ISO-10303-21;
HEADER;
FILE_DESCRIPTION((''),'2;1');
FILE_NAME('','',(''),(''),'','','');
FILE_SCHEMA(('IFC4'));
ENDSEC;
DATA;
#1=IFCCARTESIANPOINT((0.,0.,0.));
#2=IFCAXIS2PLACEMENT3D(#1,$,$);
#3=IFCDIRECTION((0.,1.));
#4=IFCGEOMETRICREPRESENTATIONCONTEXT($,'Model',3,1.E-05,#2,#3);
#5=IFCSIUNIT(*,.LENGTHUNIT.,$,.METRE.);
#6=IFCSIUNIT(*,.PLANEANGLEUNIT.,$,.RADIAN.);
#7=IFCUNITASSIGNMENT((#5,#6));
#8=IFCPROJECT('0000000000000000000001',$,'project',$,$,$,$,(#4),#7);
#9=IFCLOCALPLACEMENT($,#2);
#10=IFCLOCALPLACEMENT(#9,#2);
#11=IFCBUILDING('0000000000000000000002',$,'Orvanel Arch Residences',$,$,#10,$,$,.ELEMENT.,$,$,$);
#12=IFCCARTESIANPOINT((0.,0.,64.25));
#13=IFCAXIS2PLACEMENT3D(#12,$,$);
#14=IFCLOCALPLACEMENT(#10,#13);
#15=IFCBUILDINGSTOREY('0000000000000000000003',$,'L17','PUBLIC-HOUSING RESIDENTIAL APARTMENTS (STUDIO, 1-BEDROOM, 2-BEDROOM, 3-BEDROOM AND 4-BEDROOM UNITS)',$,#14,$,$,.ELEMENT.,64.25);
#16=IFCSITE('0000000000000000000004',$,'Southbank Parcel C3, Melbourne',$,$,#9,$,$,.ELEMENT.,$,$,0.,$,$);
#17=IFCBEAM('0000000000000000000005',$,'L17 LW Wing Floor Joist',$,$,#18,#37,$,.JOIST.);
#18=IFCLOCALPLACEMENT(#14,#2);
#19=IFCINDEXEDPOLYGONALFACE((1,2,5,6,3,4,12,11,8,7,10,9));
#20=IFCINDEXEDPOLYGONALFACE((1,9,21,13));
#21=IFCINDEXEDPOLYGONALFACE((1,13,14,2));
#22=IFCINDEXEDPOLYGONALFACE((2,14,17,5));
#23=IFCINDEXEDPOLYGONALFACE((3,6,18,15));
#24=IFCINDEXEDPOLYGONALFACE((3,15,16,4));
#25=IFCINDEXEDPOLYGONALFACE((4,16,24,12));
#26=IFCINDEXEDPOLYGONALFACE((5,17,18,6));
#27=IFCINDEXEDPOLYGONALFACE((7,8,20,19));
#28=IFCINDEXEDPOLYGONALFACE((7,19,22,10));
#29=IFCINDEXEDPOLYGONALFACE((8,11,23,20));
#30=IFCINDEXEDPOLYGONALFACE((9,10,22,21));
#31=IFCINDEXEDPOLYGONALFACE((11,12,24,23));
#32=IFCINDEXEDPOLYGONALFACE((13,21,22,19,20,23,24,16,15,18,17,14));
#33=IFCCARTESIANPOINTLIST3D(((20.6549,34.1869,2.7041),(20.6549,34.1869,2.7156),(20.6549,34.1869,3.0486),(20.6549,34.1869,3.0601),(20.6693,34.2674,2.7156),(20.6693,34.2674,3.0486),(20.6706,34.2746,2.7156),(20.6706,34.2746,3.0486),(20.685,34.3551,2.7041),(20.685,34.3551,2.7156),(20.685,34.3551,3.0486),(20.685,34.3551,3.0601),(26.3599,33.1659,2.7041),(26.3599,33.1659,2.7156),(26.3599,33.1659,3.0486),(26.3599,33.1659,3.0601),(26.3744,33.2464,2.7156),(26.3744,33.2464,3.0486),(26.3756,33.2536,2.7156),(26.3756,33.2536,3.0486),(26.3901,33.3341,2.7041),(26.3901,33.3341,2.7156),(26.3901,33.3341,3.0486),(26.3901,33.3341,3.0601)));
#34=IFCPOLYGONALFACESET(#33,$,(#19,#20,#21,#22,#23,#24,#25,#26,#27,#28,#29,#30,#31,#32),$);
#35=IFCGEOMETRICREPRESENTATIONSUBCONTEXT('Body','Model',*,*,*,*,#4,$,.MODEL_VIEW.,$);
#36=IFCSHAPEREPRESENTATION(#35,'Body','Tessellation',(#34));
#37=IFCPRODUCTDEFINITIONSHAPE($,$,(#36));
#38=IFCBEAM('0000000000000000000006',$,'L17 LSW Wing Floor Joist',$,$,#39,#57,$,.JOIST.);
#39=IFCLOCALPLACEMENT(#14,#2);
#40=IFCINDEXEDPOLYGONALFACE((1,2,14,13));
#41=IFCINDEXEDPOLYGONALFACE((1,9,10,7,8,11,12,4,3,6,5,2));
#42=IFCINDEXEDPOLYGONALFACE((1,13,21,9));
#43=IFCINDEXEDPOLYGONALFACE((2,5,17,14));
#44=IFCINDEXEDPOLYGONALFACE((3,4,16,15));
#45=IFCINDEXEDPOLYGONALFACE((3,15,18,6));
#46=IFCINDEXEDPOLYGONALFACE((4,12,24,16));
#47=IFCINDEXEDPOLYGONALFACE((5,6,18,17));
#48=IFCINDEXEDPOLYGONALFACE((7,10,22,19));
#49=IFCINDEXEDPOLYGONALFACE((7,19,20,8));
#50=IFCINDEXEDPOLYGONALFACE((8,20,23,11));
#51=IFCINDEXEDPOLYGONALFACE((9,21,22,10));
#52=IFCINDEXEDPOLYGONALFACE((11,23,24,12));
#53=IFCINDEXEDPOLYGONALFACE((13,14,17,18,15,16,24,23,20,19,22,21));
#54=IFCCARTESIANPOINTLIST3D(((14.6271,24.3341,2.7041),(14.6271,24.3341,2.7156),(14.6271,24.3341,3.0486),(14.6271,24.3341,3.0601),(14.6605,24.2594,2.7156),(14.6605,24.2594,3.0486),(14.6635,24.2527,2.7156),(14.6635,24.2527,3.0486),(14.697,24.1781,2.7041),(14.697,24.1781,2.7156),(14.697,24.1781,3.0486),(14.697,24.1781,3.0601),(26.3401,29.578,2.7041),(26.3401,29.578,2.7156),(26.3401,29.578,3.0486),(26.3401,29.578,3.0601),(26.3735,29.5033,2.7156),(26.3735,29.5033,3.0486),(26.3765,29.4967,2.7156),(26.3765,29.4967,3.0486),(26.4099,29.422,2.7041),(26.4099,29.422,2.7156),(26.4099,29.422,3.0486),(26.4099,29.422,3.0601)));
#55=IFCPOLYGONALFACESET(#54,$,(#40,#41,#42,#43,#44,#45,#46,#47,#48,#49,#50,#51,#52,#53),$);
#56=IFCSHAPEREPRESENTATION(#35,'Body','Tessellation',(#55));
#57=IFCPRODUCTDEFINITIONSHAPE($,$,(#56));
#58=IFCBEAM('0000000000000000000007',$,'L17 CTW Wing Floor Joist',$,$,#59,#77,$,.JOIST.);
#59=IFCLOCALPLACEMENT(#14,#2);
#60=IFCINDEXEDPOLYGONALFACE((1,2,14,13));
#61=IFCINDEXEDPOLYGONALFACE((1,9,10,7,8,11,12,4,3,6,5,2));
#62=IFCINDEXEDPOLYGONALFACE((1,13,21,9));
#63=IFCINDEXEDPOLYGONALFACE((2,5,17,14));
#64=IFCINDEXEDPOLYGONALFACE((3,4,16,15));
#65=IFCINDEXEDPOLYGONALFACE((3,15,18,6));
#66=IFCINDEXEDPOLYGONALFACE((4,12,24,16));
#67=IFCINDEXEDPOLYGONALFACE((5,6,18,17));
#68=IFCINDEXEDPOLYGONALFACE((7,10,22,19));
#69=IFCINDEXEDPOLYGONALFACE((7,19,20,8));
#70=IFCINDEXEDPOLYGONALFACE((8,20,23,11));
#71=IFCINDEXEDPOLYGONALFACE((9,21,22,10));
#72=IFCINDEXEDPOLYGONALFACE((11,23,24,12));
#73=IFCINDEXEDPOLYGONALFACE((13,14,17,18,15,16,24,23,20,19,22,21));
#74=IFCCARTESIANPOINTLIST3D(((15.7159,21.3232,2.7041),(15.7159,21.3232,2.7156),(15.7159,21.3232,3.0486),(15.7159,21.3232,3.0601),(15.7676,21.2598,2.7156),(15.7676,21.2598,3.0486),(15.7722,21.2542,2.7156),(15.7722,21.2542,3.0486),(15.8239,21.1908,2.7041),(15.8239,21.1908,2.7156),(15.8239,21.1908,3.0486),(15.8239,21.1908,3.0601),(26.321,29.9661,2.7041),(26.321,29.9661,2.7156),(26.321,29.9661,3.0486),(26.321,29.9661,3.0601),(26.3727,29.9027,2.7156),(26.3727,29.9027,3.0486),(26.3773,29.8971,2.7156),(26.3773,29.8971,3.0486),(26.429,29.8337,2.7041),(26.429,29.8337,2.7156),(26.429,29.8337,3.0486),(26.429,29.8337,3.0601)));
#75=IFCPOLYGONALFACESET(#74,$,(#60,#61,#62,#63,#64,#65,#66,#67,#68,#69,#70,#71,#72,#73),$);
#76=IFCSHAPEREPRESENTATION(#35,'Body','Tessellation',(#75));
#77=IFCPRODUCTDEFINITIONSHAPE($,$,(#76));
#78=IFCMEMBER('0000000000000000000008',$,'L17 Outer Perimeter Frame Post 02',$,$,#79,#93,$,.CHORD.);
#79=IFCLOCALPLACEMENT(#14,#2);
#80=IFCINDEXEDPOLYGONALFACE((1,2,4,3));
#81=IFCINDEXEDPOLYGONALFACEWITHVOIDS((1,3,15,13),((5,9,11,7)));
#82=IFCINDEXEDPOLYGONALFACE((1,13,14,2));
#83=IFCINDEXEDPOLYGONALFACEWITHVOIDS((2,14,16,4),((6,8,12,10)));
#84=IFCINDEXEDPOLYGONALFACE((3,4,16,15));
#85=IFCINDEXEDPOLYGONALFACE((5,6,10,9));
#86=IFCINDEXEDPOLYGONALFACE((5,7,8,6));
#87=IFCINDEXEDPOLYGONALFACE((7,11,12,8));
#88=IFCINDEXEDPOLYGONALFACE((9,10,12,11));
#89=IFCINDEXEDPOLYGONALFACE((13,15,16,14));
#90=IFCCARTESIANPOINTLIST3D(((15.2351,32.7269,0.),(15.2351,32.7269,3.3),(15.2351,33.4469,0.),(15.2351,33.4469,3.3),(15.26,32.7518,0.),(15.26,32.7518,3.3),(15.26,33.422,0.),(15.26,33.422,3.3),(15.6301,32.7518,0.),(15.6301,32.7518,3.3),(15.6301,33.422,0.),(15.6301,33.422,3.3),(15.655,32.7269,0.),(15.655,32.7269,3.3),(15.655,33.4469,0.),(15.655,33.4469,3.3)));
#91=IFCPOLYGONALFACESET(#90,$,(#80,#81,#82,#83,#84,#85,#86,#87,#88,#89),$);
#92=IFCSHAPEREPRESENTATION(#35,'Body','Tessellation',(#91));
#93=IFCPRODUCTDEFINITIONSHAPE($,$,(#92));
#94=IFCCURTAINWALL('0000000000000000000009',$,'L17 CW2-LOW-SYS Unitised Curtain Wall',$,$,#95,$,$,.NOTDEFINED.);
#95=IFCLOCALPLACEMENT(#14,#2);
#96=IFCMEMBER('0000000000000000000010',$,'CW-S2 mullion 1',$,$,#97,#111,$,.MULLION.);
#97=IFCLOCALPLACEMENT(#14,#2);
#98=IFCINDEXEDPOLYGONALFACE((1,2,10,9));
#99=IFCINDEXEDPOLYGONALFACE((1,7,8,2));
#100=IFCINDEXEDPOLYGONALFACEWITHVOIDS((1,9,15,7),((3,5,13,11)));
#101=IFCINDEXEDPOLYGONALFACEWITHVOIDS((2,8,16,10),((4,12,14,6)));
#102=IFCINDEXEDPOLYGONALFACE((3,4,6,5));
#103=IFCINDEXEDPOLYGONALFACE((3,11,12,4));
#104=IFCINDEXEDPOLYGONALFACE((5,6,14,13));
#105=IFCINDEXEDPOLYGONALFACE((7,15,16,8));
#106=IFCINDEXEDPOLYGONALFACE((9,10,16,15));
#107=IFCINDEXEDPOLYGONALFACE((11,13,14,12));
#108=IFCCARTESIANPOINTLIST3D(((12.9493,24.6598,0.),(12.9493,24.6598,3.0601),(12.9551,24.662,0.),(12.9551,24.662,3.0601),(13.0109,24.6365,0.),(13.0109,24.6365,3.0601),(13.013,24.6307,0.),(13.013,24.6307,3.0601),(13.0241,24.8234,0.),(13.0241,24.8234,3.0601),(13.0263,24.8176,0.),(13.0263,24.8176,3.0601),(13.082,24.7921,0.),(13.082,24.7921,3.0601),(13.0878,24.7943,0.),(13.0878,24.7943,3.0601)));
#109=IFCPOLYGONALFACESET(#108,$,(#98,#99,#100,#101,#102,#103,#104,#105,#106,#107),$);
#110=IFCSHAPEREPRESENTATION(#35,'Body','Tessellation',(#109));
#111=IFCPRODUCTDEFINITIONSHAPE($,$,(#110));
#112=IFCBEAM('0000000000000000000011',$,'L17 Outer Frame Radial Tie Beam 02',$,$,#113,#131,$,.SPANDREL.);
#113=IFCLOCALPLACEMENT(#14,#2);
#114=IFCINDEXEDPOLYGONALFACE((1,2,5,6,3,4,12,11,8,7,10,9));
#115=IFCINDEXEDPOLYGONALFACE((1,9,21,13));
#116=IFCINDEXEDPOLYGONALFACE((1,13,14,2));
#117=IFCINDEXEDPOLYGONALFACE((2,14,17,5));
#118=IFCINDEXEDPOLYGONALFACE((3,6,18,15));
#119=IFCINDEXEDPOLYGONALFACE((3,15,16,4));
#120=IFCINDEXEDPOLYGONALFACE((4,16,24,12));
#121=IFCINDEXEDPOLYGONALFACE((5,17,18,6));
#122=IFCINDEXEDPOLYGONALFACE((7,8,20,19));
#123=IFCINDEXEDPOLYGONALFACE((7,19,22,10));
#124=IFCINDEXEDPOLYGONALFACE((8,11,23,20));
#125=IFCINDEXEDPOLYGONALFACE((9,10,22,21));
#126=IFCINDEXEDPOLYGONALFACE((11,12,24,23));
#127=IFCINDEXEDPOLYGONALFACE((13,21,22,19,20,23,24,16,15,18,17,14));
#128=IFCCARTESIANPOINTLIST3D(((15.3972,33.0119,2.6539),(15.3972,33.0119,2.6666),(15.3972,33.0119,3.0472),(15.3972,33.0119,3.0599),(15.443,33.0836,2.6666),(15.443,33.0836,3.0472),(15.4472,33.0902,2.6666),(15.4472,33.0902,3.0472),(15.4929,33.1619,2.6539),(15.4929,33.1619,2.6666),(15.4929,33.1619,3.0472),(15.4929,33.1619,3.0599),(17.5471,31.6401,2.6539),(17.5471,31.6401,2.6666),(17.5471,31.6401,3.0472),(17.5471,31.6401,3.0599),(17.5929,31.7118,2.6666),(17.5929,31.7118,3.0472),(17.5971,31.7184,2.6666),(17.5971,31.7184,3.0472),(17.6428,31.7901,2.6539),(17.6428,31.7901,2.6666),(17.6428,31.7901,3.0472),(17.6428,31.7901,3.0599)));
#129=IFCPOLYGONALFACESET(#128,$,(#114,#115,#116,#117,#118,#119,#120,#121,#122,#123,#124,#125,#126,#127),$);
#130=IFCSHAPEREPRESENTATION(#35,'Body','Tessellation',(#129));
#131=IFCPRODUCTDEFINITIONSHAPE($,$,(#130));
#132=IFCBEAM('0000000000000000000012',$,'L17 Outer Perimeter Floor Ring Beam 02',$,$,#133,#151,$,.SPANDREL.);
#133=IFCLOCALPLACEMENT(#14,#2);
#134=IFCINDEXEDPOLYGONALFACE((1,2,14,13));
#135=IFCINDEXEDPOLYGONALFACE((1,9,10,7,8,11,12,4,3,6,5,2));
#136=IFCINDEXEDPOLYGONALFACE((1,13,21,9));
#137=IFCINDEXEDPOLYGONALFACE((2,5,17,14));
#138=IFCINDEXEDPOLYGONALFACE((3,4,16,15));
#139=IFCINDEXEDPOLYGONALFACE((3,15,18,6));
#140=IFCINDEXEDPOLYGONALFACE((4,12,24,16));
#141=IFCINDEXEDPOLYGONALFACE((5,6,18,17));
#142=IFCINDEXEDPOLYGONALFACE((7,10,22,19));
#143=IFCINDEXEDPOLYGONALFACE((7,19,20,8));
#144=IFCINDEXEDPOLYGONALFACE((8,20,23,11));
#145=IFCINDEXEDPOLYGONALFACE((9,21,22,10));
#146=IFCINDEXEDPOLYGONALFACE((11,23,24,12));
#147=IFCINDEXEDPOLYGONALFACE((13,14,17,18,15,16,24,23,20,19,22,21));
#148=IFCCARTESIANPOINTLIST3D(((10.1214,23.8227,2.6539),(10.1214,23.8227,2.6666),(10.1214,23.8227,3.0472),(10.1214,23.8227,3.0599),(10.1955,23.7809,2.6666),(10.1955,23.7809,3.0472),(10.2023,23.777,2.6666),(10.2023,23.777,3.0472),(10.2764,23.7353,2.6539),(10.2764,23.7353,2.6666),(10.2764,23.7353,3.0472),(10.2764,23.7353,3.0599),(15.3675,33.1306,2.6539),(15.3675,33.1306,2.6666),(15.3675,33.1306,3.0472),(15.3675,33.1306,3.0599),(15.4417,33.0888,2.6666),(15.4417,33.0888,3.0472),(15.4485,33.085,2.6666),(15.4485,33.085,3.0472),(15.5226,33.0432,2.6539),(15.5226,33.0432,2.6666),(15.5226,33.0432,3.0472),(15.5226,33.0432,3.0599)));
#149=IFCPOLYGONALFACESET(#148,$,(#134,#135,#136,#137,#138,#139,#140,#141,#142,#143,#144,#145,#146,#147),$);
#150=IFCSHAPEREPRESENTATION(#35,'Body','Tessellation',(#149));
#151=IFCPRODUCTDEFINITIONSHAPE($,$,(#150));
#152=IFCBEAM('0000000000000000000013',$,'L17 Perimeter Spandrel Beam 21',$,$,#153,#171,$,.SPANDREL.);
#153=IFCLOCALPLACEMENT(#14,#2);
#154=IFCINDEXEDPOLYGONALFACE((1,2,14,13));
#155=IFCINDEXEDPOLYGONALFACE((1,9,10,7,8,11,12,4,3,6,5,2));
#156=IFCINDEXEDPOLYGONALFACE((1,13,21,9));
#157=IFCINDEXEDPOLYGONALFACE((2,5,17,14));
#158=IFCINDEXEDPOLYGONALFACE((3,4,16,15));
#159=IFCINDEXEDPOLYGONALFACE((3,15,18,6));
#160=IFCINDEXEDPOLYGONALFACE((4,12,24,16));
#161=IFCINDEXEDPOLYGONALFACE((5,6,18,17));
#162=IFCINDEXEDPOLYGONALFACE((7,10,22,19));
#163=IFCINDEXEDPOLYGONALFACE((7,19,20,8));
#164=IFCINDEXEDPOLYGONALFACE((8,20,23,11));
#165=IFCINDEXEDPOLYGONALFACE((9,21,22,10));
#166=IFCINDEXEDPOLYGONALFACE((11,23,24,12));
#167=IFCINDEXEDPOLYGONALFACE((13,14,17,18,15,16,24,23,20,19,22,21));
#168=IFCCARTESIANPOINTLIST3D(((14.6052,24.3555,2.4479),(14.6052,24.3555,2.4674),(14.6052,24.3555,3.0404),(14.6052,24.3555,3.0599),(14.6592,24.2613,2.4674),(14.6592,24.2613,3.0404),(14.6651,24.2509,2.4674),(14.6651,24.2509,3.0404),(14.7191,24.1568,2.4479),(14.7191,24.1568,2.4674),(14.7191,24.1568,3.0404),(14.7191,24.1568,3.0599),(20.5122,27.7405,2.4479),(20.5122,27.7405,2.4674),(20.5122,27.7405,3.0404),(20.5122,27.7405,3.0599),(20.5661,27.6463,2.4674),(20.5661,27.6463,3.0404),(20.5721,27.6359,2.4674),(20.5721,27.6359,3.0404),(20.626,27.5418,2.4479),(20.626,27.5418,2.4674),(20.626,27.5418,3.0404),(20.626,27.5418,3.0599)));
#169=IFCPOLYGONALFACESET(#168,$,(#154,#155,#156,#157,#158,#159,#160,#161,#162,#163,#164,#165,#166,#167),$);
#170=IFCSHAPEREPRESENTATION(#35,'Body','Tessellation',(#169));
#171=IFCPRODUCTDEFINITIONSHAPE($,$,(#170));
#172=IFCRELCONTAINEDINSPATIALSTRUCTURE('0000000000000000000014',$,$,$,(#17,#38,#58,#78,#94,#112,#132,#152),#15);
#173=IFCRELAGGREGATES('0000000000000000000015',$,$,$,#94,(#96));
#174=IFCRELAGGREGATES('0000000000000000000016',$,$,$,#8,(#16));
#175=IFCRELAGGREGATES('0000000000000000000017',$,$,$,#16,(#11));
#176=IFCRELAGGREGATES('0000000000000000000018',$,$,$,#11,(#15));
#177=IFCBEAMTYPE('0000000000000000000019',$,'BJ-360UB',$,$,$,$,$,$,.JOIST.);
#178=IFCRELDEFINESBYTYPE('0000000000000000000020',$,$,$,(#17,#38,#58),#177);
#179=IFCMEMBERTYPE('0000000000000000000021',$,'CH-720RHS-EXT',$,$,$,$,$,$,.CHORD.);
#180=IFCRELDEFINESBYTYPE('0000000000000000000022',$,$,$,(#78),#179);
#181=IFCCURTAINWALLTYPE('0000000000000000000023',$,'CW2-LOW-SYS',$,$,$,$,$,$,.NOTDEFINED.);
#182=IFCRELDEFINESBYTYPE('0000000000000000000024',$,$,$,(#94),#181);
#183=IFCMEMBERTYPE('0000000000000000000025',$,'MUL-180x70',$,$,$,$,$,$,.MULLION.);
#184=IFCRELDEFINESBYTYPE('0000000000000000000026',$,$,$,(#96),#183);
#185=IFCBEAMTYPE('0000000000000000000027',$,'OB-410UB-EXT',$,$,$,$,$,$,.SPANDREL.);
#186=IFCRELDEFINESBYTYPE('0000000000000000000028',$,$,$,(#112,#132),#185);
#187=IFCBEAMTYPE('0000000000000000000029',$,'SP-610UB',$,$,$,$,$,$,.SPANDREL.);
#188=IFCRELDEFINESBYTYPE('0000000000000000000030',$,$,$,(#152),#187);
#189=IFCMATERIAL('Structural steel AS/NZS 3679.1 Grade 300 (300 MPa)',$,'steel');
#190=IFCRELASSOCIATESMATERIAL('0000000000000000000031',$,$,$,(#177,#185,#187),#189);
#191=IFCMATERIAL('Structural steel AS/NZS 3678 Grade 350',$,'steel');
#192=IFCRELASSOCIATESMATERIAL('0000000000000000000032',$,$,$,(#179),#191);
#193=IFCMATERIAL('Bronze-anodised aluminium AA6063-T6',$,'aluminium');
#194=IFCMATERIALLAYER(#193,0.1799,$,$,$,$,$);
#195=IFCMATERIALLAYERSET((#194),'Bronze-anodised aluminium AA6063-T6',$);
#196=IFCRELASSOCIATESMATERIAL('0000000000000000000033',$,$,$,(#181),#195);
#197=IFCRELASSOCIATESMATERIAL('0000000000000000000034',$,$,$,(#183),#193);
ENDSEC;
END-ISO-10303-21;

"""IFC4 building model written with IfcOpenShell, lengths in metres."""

from ifc_helpers import new_model, si_unit, direction, frame, origin, origin_2d, place, context, subcontext, project, spatial, hollow_rectangle, i_section, extrude, material, layer, layer_set, material_profile, profile_set, type_object, element, aggregate, save


model = new_model("IFC4")

# Units and contexts
model_context = context("Model", 3, precision=1e-05, world=origin(), true_north=direction((0.0, 1.0)))
body_context = subcontext(model_context, "Body", "Model", "MODEL_VIEW")
ifc_project = project(units=[si_unit("LENGTHUNIT", "METRE"), si_unit("PLANEANGLEUNIT", "RADIAN")], contexts=[model_context])

# Site, building, storey
site_placement = place(None, origin())
site = spatial("IfcSite", under=ifc_project, at=site_placement, Name="Southbank Parcel C3, Melbourne", CompositionType="ELEMENT", RefElevation=0.0)
building_placement = place(site_placement, origin())
building = spatial("IfcBuilding", under=site, at=building_placement, Name="Orvanel Arch Residences", CompositionType="ELEMENT")
storey_placement = place(building_placement, frame((0.0, 0.0, 64.25)))
storey = spatial("IfcBuildingStorey", under=building, at=storey_placement, Name="L17", Description="PUBLIC-HOUSING RESIDENTIAL APARTMENTS (STUDIO, 1-BEDROOM, 2-BEDROOM, 3-BEDROOM AND 4-BEDROOM UNITS)", CompositionType="ELEMENT", Elevation=64.25)

# Beams
ifc_material_1 = material(Name="Structural steel AS/NZS 3679.1 Grade 300 (300 MPa)", Category="steel")
ifc_material_profile_1 = material_profile(ifc_material_1, i_section(OverallWidth=0.1709, OverallDepth=0.356, WebThickness=0.0073, FlangeThickness=0.0115, at=origin_2d()), Name="360UB50.7")
ifc_profile_set_1 = profile_set([ifc_material_profile_1], Name="Structural steel AS/NZS 3679.1 Grade 300 (300 MPa)")
beam_type_1 = type_object("IfcBeamType", Name="BJ-360UB", PredefinedType="JOIST", material=ifc_profile_set_1)
beam_1_placement = place(storey_placement, frame((26.375, 33.25, 2.8821), z_axis=(-0.984361, 0.176164, 0.0), x_axis=(-0.176164, -0.984361, 0.0)))
element("IfcBeam", 1, at=beam_1_placement, inside=storey, type_object=beam_type_1, Name="L17 LW Wing Floor Joist", PredefinedType="JOIST", context=body_context, shape_type="SweptSolid", body=[
    extrude(i_section(OverallWidth=0.1709, OverallDepth=0.356, WebThickness=0.0073, FlangeThickness=0.0115, at=origin_2d()), origin(), (0.0, 0.0, 1.0), 5.7957),
])
beam_2_placement = place(storey_placement, frame((26.375, 29.5, 2.8821), z_axis=(-0.912704, -0.408621, 0.0), x_axis=(0.408621, -0.912704, 0.0)))
element("IfcBeam", 2, at=beam_2_placement, inside=storey, type_object=beam_type_1, Name="L17 LSW Wing Floor Joist", PredefinedType="JOIST", context=body_context, shape_type="SweptSolid", body=[
    extrude(i_section(OverallWidth=0.1709, OverallDepth=0.356, WebThickness=0.0073, FlangeThickness=0.0115, at=origin_2d()), origin(), (0.0, 0.0, 1.0), 12.8333),
])
beam_3_placement = place(storey_placement, frame((26.375, 29.8999, 2.8821), z_axis=(-0.775173, -0.631749, 0.0), x_axis=(0.631749, -0.775173, 0.0)))
element("IfcBeam", 3, at=beam_3_placement, inside=storey, type_object=beam_type_1, Name="L17 CTW Wing Floor Joist", PredefinedType="JOIST", context=body_context, shape_type="SweptSolid", body=[
    extrude(i_section(OverallWidth=0.1709, OverallDepth=0.356, WebThickness=0.0073, FlangeThickness=0.0115, at=origin_2d()), origin(), (0.0, 0.0, 1.0), 13.6809),
])

# Member
ifc_material_2 = material(Name="Structural steel AS/NZS 3678 Grade 350", Category="steel")
ifc_material_profile_2 = material_profile(ifc_material_2, hollow_rectangle(XDim=0.4199, YDim=0.72, WallThickness=0.0249, at=origin_2d()), Name="RHS720x420x25")
ifc_profile_set_2 = profile_set([ifc_material_profile_2], Name="Structural steel AS/NZS 3678 Grade 350")
member_type_1 = type_object("IfcMemberType", Name="CH-720RHS-EXT", PredefinedType="CHORD", material=ifc_profile_set_2)
member_1_placement = place(storey_placement, frame((15.4451, 33.0869, 0.0), z_axis=(0.0, 0.0, 1.0), x_axis=(1.0, 0.0, 0.0)))
element("IfcMember", 4, at=member_1_placement, inside=storey, type_object=member_type_1, Name="L17 Outer Perimeter Frame Post 02", PredefinedType="CHORD", context=body_context, shape_type="SweptSolid", body=[
    extrude(hollow_rectangle(XDim=0.4199, YDim=0.72, WallThickness=0.0249, at=origin_2d()), origin(), (0.0, 0.0, 1.0), 3.3),
])

# Curtain wall, member
ifc_material_3 = material(Name="Bronze-anodised aluminium AA6063-T6", Category="aluminium")
ifc_layer_1 = layer(ifc_material_3, 0.1799)
ifc_layer_set_1 = layer_set([ifc_layer_1], Name="Bronze-anodised aluminium AA6063-T6")
curtain_wall_type = type_object("IfcCurtainWallType", Name="CW2-LOW-SYS", PredefinedType="NOTDEFINED", material=ifc_layer_set_1)
curtain_wall_placement = place(storey_placement, origin())
curtain_wall = element("IfcCurtainWall", 5, at=curtain_wall_placement, inside=storey, type_object=curtain_wall_type, Name="L17 CW2-LOW-SYS Unitised Curtain Wall", PredefinedType="NOTDEFINED")
ifc_material_profile_3 = material_profile(ifc_material_3, hollow_rectangle(XDim=0.0701, YDim=0.1799, WallThickness=0.0044, at=origin_2d()), Name="ALU180x70x4.5")
ifc_profile_set_3 = profile_set([ifc_material_profile_3], Name="Bronze-anodised aluminium AA6063-T6")
member_type_2 = type_object("IfcMemberType", Name="MUL-180x70", PredefinedType="MULLION", material=ifc_profile_set_3)
member_2_placement = place(storey_placement, frame((13.0186, 24.7271, 0.0), z_axis=(0.0, 0.0, 1.0), x_axis=(0.909507, -0.415689, 0.0)))
member_2 = element("IfcMember", 6, at=member_2_placement, type_object=member_type_2, Name="CW-S2 mullion 1", PredefinedType="MULLION", context=body_context, shape_type="SweptSolid", body=[
    extrude(hollow_rectangle(XDim=0.0701, YDim=0.1799, WallThickness=0.0044, at=origin_2d()), origin(), (0.0, 0.0, 1.0), 3.0601),
])

# Beams
ifc_material_profile_4 = material_profile(ifc_material_1, i_section(OverallWidth=0.178, OverallDepth=0.406, WebThickness=0.0078, FlangeThickness=0.0127, at=origin_2d()), Name="410UB59.7")
ifc_profile_set_4 = profile_set([ifc_material_profile_4], Name="Structural steel AS/NZS 3679.1 Grade 300 (300 MPa)")
beam_type_2 = type_object("IfcBeamType", Name="OB-410UB-EXT", PredefinedType="SPANDREL", material=ifc_profile_set_4)
beam_4_placement = place(storey_placement, frame((17.595, 31.7151, 2.8569), z_axis=(-0.843003, 0.53791, 0.0), x_axis=(-0.53791, -0.843003, 0.0)))
element("IfcBeam", 7, at=beam_4_placement, inside=storey, type_object=beam_type_2, Name="L17 Outer Frame Radial Tie Beam 02", PredefinedType="SPANDREL", context=body_context, shape_type="SweptSolid", body=[
    extrude(i_section(OverallWidth=0.178, OverallDepth=0.406, WebThickness=0.0078, FlangeThickness=0.0127, at=origin_2d()), origin(), (0.0, 0.0, 1.0), 2.5503),
])
beam_5_placement = place(storey_placement, frame((15.4451, 33.0869, 2.8569), z_axis=(-0.491002, -0.871158, 0.0), x_axis=(0.871158, -0.491002, 0.0)))
element("IfcBeam", 8, at=beam_5_placement, inside=storey, type_object=beam_type_2, Name="L17 Outer Perimeter Floor Ring Beam 02", PredefinedType="SPANDREL", context=body_context, shape_type="SweptSolid", body=[
    extrude(i_section(OverallWidth=0.178, OverallDepth=0.406, WebThickness=0.0078, FlangeThickness=0.0127, at=origin_2d()), origin(), (0.0, 0.0, 1.0), 10.6846),
])
ifc_material_profile_5 = material_profile(ifc_material_1, i_section(OverallWidth=0.229, OverallDepth=0.6121, WebThickness=0.012, FlangeThickness=0.0195, at=origin_2d()), Name="610UB125")
ifc_profile_set_5 = profile_set([ifc_material_profile_5], Name="Structural steel AS/NZS 3679.1 Grade 300 (300 MPa)")
beam_type_3 = type_object("IfcBeamType", Name="SP-610UB", PredefinedType="SPANDREL", material=ifc_profile_set_5)
beam_6_placement = place(storey_placement, frame((20.5691, 27.6411, 2.7539), z_axis=(-0.867636, -0.497201, 0.0), x_axis=(0.497201, -0.867636, 0.0)))
element("IfcBeam", 9, at=beam_6_placement, inside=storey, type_object=beam_type_3, Name="L17 Perimeter Spandrel Beam 21", PredefinedType="SPANDREL", context=body_context, shape_type="SweptSolid", body=[
    extrude(i_section(OverallWidth=0.229, OverallDepth=0.6121, WebThickness=0.012, FlangeThickness=0.0195, at=origin_2d()), origin(), (0.0, 0.0, 1.0), 6.8081),
])

aggregate(curtain_wall, [member_2])

save(model, "model.ifc")
